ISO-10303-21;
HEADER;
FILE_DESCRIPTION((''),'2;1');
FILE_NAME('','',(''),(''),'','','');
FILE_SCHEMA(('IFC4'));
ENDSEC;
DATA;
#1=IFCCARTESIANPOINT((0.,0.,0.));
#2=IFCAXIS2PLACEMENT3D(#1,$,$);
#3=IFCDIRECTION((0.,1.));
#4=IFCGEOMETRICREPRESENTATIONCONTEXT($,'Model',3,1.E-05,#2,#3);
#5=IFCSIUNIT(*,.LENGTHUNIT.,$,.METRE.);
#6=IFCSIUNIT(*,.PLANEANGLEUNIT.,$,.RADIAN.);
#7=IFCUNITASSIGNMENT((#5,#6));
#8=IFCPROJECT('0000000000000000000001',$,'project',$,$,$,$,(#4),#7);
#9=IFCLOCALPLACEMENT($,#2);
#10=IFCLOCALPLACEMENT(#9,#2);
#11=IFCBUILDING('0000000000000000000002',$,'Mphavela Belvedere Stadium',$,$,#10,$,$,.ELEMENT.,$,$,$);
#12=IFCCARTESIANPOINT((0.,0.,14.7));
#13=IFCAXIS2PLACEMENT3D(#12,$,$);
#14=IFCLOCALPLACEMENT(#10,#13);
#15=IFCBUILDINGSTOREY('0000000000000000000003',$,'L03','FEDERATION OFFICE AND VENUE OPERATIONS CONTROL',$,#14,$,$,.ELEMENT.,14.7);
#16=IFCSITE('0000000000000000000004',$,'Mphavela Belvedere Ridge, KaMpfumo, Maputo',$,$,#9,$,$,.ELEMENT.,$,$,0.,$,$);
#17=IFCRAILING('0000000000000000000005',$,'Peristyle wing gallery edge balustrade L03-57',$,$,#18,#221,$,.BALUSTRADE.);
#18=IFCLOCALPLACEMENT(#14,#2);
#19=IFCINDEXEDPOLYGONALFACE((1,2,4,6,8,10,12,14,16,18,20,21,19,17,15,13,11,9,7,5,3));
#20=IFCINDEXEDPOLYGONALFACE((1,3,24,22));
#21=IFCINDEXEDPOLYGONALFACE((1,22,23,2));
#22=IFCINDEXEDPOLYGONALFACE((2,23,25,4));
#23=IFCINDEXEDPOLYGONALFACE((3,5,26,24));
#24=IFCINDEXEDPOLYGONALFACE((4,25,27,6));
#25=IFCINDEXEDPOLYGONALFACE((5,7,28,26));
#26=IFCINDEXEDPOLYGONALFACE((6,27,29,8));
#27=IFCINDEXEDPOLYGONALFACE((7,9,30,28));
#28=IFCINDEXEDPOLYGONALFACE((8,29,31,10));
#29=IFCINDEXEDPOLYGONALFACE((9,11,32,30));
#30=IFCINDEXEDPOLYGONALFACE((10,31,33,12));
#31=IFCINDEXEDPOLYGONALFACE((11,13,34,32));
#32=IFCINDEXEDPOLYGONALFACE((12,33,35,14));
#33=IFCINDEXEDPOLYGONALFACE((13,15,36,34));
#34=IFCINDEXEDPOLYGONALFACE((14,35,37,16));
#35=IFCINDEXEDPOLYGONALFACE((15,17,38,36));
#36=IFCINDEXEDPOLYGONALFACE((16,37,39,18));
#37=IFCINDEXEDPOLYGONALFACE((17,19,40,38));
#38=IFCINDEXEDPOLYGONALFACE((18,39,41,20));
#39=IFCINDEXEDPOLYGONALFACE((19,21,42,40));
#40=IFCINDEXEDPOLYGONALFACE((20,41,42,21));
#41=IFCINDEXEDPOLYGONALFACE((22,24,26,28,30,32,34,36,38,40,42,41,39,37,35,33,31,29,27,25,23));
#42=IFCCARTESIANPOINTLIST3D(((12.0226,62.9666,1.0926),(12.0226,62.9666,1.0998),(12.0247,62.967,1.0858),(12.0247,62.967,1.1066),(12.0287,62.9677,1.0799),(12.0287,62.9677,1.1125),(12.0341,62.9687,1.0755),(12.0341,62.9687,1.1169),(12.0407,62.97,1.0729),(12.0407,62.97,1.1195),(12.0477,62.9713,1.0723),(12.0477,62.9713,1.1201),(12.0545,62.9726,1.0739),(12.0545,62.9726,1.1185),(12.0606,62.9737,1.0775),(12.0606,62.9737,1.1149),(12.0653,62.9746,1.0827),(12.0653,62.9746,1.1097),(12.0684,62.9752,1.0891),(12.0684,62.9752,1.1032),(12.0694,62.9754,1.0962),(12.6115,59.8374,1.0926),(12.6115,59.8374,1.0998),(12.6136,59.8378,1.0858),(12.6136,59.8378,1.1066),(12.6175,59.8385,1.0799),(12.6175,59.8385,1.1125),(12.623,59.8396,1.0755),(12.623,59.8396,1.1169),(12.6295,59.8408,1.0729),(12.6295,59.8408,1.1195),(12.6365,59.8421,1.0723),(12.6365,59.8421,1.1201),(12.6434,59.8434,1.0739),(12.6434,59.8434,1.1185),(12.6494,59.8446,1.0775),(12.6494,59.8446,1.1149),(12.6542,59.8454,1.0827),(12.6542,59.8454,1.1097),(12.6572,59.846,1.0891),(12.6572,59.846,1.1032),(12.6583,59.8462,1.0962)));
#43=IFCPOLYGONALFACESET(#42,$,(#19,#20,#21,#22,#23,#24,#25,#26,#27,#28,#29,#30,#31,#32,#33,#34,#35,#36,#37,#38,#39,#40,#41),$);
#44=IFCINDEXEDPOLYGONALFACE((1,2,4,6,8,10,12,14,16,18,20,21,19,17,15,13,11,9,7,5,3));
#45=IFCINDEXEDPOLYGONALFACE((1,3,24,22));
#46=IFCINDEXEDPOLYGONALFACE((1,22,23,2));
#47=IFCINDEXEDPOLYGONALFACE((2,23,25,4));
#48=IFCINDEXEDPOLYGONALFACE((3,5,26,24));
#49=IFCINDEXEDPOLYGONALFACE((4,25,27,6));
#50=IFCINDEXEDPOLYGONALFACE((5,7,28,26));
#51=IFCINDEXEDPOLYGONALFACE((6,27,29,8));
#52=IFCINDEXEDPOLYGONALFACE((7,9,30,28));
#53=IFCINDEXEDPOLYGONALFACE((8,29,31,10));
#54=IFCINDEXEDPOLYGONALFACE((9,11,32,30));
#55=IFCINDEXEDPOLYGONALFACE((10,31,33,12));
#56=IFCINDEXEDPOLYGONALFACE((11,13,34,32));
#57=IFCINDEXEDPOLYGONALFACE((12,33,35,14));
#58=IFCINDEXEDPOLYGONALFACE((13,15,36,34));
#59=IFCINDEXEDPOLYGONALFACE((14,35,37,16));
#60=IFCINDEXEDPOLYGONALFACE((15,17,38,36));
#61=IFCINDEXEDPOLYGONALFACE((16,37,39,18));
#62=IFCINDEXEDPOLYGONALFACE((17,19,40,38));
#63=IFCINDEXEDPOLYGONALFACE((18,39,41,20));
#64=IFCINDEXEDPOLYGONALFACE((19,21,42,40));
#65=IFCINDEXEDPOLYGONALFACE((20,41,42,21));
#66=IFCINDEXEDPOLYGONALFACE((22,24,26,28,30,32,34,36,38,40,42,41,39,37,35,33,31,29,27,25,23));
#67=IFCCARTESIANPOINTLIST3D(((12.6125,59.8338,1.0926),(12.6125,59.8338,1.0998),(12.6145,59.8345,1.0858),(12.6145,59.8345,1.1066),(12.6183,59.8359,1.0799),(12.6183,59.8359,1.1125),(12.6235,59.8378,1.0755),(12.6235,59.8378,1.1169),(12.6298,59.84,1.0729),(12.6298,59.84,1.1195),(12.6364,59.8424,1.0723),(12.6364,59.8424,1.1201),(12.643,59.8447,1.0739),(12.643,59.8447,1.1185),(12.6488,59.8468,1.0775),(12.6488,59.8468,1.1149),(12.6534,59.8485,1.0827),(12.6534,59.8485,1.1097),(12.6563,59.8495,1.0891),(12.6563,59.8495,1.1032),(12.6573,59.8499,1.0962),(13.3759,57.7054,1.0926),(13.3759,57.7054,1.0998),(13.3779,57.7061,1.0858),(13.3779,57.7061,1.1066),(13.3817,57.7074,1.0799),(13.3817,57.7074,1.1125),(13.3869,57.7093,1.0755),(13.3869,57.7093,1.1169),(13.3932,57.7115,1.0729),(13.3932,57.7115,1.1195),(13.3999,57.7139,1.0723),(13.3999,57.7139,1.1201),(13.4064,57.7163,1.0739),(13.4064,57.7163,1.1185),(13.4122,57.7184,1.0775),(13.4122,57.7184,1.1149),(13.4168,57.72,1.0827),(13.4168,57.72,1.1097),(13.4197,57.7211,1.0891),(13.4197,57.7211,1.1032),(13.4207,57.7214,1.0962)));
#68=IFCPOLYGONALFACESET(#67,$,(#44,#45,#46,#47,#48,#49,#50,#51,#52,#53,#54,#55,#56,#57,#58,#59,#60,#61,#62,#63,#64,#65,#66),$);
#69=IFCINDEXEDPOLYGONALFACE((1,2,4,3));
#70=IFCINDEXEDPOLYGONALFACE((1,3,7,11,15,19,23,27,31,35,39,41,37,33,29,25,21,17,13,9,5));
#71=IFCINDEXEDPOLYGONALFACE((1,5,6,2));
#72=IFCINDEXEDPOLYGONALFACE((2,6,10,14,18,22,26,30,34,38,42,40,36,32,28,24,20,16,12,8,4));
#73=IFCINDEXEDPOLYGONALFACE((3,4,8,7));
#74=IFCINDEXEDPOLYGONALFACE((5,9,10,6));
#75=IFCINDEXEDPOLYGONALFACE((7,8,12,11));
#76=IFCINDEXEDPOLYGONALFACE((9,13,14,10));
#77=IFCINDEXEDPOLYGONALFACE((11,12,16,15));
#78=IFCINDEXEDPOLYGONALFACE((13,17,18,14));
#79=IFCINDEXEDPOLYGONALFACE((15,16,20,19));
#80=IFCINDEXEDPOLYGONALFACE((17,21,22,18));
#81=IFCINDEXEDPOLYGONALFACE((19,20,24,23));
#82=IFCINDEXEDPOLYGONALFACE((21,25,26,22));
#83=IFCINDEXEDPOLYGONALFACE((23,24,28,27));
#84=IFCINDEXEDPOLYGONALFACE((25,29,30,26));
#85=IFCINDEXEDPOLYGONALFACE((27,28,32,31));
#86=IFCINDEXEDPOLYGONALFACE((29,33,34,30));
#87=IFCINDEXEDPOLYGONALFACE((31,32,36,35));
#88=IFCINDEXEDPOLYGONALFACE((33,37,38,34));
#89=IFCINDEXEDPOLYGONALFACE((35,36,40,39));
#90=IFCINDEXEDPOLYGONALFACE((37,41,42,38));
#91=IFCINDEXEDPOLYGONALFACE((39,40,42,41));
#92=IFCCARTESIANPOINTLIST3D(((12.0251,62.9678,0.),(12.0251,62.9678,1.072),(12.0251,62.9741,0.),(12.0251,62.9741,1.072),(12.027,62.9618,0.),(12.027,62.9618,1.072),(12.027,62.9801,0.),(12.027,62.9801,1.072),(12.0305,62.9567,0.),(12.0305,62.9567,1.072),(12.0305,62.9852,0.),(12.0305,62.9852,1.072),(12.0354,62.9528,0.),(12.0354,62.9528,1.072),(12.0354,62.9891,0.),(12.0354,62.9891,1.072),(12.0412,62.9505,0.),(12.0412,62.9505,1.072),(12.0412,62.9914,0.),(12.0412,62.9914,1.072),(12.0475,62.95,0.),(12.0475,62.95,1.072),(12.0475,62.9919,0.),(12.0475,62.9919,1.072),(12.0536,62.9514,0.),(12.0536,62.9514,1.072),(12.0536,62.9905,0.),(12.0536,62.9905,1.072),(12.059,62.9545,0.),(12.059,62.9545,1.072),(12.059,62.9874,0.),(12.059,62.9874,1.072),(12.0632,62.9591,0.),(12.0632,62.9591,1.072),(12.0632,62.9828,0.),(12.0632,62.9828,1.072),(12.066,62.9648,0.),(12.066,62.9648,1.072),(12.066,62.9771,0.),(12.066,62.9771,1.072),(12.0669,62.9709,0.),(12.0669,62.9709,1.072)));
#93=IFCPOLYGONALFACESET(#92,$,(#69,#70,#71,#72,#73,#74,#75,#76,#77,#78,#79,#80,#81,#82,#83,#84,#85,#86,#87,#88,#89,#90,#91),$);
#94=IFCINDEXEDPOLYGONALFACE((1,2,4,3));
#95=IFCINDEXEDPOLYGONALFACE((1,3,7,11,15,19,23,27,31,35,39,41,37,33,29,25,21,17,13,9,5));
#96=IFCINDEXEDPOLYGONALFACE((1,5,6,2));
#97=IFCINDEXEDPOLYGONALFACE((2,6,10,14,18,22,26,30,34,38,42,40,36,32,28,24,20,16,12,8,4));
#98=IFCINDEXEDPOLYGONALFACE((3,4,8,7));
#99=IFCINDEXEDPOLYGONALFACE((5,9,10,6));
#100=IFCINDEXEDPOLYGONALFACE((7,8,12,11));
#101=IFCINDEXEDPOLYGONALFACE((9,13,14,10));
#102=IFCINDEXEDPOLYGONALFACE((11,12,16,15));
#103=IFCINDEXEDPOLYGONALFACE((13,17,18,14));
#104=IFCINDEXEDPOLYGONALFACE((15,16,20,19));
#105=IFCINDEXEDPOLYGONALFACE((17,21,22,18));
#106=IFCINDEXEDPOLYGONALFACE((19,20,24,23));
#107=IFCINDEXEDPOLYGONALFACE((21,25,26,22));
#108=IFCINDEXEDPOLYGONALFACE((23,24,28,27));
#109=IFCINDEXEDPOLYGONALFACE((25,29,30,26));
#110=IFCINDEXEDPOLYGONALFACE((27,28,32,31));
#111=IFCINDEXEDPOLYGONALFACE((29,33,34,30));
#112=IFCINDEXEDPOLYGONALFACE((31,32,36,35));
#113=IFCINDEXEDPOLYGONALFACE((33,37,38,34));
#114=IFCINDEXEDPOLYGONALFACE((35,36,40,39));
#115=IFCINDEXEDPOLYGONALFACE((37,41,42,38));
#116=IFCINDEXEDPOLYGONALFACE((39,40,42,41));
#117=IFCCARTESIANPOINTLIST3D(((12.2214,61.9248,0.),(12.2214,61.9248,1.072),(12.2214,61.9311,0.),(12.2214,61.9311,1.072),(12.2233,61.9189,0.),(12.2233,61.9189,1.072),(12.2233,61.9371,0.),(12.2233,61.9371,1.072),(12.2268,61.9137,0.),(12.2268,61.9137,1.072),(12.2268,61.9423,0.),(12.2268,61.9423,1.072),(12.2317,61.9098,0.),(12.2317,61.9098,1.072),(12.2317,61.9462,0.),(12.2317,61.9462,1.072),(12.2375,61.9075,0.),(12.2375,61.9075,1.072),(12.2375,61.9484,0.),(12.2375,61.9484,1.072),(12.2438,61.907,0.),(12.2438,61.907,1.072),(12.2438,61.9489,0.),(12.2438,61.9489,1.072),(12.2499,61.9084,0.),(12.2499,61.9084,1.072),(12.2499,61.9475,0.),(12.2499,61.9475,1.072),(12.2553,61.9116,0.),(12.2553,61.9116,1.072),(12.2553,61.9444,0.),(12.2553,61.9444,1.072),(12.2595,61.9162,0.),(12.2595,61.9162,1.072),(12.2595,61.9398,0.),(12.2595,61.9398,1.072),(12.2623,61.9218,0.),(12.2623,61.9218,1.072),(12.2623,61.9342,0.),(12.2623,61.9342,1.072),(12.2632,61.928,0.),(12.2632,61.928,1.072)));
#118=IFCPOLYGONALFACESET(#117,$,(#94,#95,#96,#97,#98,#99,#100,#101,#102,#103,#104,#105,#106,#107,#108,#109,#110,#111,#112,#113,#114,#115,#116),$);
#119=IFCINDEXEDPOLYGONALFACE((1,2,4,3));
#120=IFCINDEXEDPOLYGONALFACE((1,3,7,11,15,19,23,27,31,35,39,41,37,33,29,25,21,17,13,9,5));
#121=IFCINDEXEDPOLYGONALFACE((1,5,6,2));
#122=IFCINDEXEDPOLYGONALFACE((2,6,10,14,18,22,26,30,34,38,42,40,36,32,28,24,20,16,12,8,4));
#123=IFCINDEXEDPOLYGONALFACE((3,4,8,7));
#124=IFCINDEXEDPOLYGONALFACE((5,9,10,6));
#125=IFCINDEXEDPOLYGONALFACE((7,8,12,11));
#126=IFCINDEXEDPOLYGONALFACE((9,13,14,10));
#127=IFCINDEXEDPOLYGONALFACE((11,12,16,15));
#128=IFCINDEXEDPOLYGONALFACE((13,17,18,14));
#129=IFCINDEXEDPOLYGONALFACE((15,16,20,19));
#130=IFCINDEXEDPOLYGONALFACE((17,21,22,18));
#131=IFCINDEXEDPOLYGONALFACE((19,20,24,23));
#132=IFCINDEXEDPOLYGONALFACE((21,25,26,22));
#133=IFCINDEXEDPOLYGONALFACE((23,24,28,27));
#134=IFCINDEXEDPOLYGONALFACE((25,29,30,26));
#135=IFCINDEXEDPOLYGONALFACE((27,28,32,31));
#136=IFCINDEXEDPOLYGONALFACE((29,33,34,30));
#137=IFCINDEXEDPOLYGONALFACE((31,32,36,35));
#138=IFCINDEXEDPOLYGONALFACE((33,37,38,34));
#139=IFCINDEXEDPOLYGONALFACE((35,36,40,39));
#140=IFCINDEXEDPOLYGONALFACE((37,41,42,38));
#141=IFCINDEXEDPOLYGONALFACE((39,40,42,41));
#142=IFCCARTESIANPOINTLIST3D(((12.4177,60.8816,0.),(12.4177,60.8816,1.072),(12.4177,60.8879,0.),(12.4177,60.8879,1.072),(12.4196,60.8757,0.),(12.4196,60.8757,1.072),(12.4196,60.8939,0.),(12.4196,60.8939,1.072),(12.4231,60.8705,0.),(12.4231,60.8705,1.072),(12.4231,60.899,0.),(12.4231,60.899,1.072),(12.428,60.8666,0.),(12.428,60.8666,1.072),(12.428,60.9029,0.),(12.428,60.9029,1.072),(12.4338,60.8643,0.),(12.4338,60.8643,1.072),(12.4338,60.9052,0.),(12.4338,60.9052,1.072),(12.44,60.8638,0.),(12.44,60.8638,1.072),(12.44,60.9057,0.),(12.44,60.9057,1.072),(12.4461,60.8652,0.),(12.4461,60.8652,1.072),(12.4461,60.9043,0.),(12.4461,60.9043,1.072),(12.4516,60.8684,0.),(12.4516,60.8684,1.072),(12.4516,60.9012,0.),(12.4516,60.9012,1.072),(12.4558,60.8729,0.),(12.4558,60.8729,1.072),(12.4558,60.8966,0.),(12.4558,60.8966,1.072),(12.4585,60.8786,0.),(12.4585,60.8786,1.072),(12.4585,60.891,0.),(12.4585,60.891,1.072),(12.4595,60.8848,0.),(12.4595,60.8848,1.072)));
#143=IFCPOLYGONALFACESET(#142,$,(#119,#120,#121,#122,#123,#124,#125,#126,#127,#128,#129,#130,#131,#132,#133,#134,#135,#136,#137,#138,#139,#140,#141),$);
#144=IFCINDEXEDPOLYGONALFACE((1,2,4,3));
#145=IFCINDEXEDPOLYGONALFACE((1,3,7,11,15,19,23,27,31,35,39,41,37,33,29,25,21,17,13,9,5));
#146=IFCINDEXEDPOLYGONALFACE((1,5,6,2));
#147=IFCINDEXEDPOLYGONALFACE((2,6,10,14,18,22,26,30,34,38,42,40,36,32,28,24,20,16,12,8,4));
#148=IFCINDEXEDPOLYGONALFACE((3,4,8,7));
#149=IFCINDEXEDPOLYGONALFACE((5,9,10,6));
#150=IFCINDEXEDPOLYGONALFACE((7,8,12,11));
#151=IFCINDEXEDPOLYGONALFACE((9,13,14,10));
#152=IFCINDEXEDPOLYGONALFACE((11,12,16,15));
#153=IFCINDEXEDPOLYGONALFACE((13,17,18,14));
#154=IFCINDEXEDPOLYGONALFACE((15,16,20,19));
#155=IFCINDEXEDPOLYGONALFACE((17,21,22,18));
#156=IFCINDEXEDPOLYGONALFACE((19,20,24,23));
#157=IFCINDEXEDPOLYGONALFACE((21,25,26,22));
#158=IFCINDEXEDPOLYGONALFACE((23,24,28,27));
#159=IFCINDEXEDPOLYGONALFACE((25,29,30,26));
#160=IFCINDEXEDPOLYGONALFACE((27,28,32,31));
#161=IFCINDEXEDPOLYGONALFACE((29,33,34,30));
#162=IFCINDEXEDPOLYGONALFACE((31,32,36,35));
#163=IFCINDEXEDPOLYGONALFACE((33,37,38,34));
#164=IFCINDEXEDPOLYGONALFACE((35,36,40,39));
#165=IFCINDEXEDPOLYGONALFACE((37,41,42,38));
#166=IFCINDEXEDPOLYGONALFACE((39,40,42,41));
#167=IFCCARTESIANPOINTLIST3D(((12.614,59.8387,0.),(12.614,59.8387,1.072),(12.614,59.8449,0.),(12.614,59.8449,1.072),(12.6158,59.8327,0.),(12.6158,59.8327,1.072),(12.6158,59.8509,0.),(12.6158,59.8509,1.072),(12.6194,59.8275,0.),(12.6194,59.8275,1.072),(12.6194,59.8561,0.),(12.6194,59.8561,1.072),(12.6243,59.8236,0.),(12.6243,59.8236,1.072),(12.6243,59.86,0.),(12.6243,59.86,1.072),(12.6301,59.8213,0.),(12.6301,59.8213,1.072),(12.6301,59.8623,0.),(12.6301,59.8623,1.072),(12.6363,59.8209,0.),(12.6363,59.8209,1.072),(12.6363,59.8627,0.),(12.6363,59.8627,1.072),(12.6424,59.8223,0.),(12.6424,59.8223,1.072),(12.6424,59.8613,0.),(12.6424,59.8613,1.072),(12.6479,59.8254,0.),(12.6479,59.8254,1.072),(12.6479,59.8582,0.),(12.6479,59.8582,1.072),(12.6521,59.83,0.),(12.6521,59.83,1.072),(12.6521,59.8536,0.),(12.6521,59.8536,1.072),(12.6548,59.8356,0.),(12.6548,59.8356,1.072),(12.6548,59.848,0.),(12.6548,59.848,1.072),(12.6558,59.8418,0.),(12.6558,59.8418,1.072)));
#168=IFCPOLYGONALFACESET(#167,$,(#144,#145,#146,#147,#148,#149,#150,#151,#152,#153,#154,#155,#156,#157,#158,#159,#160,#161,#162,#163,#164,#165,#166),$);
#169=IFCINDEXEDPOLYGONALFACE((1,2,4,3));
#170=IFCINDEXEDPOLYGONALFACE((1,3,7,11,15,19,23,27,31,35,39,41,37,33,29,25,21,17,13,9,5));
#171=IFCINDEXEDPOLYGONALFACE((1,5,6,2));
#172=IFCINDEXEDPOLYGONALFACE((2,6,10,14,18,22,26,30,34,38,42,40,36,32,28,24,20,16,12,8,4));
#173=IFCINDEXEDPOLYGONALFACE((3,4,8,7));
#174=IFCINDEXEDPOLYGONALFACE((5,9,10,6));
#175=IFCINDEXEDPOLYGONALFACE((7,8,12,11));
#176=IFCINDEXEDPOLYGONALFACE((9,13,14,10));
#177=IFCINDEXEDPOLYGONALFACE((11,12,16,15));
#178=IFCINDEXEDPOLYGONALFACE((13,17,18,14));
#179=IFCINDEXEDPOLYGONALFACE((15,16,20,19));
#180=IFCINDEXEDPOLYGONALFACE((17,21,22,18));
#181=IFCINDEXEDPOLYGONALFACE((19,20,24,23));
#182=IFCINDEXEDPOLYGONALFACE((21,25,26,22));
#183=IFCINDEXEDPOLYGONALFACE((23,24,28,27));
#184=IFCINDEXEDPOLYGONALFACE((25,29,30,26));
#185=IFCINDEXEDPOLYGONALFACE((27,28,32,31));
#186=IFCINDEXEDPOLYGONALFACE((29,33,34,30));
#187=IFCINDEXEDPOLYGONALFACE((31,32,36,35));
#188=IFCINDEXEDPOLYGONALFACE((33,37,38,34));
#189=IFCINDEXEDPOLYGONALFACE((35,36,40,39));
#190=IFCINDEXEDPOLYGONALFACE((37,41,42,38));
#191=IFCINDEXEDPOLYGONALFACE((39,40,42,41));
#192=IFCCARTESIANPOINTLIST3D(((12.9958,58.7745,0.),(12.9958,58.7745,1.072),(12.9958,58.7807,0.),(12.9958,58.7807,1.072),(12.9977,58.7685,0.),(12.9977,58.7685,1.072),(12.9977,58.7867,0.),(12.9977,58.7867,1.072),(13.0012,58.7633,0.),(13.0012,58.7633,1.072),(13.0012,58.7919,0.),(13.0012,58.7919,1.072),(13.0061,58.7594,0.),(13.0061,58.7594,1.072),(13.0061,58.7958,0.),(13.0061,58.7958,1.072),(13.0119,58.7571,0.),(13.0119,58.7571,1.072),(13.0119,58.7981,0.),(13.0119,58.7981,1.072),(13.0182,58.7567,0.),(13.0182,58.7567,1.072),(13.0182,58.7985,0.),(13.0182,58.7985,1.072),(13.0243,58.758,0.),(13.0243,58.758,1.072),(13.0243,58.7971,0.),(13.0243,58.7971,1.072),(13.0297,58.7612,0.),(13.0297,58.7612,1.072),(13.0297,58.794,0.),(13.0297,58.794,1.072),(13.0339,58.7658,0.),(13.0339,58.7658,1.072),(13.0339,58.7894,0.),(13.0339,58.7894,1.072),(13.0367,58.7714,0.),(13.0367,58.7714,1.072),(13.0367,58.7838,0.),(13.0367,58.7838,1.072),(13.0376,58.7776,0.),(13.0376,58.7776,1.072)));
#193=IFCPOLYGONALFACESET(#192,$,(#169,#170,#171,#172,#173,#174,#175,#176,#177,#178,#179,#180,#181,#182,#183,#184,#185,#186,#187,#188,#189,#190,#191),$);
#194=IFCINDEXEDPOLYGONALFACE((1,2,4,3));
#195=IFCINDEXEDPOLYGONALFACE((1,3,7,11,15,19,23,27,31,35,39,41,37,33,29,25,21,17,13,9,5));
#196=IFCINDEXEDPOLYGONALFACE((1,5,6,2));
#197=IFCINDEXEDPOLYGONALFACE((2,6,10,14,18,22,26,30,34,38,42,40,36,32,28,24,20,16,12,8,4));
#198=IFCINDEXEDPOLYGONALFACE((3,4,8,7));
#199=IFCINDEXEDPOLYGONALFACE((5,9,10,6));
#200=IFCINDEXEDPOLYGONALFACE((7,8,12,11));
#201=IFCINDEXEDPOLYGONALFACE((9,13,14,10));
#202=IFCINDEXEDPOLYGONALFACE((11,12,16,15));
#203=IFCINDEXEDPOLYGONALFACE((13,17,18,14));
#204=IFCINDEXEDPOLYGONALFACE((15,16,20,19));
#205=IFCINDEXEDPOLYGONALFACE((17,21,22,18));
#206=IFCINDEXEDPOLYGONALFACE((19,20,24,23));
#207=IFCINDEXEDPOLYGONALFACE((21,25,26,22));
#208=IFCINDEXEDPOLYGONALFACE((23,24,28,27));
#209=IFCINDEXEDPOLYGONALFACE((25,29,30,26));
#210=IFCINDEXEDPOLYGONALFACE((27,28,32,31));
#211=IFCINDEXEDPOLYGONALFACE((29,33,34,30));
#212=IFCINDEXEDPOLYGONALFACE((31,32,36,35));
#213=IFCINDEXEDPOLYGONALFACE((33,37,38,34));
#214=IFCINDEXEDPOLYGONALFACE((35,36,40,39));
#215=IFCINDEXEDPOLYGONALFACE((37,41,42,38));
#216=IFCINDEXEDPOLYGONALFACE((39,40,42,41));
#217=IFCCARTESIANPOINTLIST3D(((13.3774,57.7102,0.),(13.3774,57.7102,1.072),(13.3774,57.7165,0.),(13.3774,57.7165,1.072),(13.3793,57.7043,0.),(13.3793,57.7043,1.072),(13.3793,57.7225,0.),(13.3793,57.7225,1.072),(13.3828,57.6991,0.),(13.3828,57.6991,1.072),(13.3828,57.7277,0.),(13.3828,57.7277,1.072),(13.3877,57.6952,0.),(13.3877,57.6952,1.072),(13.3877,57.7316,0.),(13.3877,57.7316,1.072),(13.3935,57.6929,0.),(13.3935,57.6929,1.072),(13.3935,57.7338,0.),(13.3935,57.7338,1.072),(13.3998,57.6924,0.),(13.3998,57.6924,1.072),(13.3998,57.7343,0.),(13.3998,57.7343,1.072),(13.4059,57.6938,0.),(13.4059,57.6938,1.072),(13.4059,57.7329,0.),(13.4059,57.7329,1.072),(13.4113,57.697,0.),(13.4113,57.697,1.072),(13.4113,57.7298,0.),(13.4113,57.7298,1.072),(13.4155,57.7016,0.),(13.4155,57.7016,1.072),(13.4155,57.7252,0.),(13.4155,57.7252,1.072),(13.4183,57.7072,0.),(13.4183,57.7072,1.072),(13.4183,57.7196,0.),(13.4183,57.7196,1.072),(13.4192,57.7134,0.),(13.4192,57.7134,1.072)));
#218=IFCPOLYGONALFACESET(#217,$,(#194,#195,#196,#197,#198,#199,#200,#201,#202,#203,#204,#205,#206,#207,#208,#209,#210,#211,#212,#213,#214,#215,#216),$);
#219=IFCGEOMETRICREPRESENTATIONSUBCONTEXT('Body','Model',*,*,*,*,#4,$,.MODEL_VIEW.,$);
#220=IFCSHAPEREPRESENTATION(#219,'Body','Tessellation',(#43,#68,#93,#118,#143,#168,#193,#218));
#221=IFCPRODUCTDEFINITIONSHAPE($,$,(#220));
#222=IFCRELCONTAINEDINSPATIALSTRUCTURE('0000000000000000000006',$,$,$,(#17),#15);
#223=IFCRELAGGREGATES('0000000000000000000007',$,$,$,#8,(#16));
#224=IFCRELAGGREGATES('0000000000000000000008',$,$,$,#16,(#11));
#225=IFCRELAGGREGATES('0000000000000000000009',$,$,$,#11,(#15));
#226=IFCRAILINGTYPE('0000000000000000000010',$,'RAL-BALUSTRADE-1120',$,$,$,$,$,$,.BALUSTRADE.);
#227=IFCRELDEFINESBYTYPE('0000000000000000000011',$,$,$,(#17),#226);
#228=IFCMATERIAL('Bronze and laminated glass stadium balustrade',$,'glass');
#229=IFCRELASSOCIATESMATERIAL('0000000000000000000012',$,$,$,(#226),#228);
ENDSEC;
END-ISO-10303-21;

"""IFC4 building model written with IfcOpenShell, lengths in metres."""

from ifc_helpers import new_model, si_unit, direction, frame, origin, origin_2d, place, context, subcontext, project, spatial, circle, extrude, material, type_object, element, save


model = new_model("IFC4")

# Units and contexts
model_context = context("Model", 3, precision=1e-05, world=origin(), true_north=direction((0.0, 1.0)))
body_context = subcontext(model_context, "Body", "Model", "MODEL_VIEW")
ifc_project = project(units=[si_unit("LENGTHUNIT", "METRE"), si_unit("PLANEANGLEUNIT", "RADIAN")], contexts=[model_context])

# Site, building, storey
site_placement = place(None, origin())
site = spatial("IfcSite", under=ifc_project, at=site_placement, Name="Mphavela Belvedere Ridge, KaMpfumo, Maputo", CompositionType="ELEMENT", RefElevation=0.0)
building_placement = place(site_placement, origin())
building = spatial("IfcBuilding", under=site, at=building_placement, Name="Mphavela Belvedere Stadium", CompositionType="ELEMENT")
storey_placement = place(building_placement, frame((0.0, 0.0, 14.7)))
storey = spatial("IfcBuildingStorey", under=building, at=storey_placement, Name="L03", Description="FEDERATION OFFICE AND VENUE OPERATIONS CONTROL", CompositionType="ELEMENT", Elevation=14.7)

# Railing
ifc_material_1 = material(Name="Bronze and laminated glass stadium balustrade", Category="glass")
railing_type = type_object("IfcRailingType", Name="RAL-BALUSTRADE-1120", PredefinedType="BALUSTRADE", material=ifc_material_1)
railing_placement = place(storey_placement, frame((12.0459, 62.9709, 0.0)))
element("IfcRailing", 1, at=railing_placement, inside=storey, type_object=railing_type, Name="Peristyle wing gallery edge balustrade L03-57", PredefinedType="BALUSTRADE", context=body_context, shape_type="SweptSolid", body=[
    extrude(circle(Radius=0.0239, at=origin_2d()), frame((0.0, 0.0, 1.0962), z_axis=(0.184941, -0.98275, 0.0), x_axis=(0.98275, 0.184941, 0.0)), (0.0, 0.0, 1.0), 3.1841),
    extrude(circle(Radius=0.0239, at=origin_2d()), frame((0.5889, -3.1292, 1.0962), z_axis=(0.337622, -0.941282, 0.0), x_axis=(0.941282, 0.337622, 0.0)), (0.0, 0.0, 1.0), 2.2612),
    extrude(circle(Radius=0.021, at=origin_2d()), origin(), (0.0, 0.0, 1.0), 1.072),
    extrude(circle(Radius=0.021, at=origin_2d()), frame((0.1963, -1.043, 0.0)), (0.0, 0.0, 1.0), 1.072),
    extrude(circle(Radius=0.021, at=origin_2d()), frame((0.3926, -2.0862, 0.0)), (0.0, 0.0, 1.0), 1.072),
    extrude(circle(Radius=0.021, at=origin_2d()), frame((0.5889, -3.1292, 0.0)), (0.0, 0.0, 1.0), 1.072),
    extrude(circle(Radius=0.021, at=origin_2d()), frame((0.9707, -4.1934, 0.0)), (0.0, 0.0, 1.0), 1.072),
    extrude(circle(Radius=0.021, at=origin_2d()), frame((1.3523, -5.2576, 0.0)), (0.0, 0.0, 1.0), 1.072),
])

save(model, "model.ifc")
